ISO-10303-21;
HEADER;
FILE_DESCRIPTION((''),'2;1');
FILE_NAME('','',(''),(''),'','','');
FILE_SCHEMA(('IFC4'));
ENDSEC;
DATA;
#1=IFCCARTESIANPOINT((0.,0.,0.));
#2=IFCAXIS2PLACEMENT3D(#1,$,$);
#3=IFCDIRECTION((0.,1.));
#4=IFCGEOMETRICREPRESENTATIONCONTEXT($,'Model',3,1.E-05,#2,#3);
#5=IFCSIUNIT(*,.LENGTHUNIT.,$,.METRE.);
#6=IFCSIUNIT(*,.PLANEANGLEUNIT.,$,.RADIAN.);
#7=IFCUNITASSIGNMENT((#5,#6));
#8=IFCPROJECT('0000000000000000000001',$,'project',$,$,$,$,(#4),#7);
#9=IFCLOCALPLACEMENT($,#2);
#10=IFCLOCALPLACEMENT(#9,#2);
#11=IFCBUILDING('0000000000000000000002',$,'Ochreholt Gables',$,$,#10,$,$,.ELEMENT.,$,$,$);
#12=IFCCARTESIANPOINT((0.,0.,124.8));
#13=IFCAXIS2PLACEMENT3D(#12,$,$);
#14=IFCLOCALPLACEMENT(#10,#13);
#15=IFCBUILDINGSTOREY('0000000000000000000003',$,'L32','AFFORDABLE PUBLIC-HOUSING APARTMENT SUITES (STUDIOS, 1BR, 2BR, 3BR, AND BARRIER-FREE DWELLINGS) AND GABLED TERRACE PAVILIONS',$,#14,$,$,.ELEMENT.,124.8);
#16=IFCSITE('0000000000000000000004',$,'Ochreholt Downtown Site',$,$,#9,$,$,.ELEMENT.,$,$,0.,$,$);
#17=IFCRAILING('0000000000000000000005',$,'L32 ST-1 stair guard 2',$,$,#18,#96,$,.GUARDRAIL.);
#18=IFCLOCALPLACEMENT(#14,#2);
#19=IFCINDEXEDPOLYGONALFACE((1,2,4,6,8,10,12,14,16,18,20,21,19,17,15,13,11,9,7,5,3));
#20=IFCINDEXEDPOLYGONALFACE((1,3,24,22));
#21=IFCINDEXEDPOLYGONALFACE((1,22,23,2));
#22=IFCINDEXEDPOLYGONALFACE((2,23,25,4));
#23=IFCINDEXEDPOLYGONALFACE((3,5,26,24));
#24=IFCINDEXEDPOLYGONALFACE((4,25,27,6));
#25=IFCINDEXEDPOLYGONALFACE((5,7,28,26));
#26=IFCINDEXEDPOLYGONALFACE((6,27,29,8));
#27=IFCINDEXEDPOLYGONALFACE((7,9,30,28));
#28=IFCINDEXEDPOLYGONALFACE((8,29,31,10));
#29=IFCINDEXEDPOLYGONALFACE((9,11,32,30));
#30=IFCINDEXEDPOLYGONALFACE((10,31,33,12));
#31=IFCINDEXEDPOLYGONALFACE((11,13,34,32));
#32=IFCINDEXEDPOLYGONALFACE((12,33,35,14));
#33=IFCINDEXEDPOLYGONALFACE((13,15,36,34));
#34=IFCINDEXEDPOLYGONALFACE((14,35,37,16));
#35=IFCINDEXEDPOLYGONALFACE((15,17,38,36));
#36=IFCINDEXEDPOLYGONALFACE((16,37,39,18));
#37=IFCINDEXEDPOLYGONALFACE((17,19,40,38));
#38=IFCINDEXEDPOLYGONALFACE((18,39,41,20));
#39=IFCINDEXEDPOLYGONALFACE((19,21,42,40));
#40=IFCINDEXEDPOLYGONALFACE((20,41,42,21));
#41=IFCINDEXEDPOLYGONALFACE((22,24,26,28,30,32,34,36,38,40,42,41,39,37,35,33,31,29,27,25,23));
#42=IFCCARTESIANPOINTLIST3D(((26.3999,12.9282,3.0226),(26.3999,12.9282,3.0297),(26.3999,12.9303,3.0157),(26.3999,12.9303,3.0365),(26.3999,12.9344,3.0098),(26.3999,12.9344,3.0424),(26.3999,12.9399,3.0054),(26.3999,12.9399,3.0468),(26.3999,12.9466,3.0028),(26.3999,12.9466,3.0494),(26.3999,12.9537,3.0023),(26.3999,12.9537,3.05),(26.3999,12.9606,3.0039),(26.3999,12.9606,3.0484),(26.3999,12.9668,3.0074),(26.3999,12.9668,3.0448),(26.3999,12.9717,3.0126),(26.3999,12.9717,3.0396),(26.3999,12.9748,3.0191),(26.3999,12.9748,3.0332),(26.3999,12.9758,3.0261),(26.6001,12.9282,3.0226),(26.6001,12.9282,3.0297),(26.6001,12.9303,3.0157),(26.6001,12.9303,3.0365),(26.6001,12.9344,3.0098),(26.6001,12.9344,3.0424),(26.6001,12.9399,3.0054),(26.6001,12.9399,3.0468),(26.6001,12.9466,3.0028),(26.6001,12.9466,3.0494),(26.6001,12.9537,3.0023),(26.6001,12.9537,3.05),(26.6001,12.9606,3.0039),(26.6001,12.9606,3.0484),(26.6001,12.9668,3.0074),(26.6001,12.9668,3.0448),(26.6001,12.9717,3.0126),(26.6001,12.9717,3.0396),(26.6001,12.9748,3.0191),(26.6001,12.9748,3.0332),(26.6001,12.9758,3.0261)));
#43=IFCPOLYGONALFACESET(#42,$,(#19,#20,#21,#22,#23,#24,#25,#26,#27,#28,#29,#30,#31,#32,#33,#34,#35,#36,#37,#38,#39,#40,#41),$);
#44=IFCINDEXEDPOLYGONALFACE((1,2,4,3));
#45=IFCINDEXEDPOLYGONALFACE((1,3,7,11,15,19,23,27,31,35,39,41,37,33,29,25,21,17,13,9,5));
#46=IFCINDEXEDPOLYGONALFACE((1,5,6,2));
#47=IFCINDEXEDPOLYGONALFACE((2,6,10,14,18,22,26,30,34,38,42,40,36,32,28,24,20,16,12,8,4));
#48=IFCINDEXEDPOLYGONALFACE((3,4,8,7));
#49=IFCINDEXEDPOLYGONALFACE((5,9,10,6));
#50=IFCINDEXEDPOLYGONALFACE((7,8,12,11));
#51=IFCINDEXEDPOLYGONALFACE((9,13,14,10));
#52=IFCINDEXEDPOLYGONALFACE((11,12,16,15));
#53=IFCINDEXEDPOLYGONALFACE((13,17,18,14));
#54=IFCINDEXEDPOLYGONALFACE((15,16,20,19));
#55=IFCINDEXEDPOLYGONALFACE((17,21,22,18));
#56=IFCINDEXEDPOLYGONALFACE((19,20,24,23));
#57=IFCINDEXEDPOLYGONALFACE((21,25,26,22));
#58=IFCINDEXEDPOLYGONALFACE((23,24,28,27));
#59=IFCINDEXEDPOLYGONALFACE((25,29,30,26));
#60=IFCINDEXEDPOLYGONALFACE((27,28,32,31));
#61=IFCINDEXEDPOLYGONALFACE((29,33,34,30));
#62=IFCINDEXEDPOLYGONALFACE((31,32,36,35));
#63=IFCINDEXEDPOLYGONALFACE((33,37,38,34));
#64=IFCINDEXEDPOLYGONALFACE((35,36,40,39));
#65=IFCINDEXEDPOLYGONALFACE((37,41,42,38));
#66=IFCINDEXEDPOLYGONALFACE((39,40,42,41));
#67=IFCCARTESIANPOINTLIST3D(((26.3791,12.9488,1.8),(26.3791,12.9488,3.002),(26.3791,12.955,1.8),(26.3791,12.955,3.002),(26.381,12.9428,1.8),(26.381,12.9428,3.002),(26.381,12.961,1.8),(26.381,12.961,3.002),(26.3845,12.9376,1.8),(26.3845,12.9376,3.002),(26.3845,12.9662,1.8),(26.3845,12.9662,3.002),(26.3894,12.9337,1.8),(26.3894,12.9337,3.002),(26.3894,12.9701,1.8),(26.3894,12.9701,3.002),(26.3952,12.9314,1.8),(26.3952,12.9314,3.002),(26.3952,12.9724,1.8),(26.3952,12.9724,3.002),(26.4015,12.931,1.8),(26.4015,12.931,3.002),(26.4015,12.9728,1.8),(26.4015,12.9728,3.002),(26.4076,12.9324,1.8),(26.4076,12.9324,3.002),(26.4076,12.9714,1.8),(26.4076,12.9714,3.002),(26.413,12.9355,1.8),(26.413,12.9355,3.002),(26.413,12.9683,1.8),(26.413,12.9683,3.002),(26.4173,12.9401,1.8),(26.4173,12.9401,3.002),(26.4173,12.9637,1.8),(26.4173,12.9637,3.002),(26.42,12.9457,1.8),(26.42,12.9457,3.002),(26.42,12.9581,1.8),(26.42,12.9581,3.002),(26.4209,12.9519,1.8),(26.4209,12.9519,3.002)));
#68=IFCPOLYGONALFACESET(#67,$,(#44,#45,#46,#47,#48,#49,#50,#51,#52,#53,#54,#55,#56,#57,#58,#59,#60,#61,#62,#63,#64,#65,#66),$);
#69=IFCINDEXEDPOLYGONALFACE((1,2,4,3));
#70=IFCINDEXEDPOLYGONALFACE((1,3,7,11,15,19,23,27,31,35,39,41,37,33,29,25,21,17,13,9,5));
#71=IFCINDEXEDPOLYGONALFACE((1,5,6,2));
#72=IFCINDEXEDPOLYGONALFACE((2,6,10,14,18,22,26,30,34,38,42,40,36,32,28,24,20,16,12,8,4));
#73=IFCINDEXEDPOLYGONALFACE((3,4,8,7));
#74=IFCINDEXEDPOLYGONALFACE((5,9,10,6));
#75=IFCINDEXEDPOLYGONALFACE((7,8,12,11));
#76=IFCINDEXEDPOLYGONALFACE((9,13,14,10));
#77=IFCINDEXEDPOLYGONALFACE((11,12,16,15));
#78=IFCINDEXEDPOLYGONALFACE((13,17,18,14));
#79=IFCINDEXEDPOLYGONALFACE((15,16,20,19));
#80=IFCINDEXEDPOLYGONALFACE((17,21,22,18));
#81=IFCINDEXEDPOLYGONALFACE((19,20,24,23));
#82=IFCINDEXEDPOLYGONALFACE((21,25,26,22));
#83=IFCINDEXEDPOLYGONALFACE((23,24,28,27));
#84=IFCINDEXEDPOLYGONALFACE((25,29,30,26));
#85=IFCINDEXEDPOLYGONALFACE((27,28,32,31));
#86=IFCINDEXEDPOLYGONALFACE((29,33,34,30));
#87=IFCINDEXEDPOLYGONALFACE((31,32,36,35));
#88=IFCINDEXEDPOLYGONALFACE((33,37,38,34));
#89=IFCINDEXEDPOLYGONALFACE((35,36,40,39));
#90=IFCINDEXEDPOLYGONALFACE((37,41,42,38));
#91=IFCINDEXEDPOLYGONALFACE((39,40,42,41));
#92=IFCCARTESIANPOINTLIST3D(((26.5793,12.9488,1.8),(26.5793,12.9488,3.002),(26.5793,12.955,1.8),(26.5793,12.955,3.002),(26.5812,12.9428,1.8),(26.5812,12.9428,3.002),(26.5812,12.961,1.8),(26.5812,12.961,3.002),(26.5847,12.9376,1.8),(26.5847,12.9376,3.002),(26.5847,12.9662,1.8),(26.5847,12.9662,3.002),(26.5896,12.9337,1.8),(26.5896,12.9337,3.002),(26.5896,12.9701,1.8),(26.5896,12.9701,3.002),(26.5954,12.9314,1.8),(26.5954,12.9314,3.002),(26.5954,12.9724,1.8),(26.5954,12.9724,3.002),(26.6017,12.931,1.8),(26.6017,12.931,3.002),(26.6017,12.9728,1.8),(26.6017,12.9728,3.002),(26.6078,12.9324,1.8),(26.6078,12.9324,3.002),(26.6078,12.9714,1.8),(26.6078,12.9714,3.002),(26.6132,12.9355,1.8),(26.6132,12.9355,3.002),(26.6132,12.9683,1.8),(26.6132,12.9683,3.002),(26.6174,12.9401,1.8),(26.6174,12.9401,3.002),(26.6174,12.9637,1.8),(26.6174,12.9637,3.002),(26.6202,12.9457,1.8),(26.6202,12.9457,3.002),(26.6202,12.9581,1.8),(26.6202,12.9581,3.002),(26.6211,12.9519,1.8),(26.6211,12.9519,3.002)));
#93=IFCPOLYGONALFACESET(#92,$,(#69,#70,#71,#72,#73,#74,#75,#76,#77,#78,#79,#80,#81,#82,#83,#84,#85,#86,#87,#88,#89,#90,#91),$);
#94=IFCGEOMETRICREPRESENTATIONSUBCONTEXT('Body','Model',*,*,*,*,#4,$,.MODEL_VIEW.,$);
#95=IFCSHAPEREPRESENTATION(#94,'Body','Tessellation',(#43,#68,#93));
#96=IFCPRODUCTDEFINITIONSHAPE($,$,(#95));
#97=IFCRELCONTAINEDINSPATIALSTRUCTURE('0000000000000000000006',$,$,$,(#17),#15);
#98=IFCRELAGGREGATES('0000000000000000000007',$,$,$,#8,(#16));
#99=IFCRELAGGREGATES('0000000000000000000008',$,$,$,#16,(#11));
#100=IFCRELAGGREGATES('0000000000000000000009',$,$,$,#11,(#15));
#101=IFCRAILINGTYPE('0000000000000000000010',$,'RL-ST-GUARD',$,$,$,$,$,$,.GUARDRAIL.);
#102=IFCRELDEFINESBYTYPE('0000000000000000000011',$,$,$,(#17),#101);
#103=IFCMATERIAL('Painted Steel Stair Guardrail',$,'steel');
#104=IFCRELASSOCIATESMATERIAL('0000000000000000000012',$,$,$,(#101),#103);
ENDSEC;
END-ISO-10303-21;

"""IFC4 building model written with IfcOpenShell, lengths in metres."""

from ifc_helpers import new_model, si_unit, direction, frame, origin, origin_2d, place, context, subcontext, project, spatial, circle, extrude, material, type_object, element, save


model = new_model("IFC4")

# Units and contexts
model_context = context("Model", 3, precision=1e-05, world=origin(), true_north=direction((0.0, 1.0)))
body_context = subcontext(model_context, "Body", "Model", "MODEL_VIEW")
ifc_project = project(units=[si_unit("LENGTHUNIT", "METRE"), si_unit("PLANEANGLEUNIT", "RADIAN")], contexts=[model_context])

# Site, building, storey
site_placement = place(None, origin())
site = spatial("IfcSite", under=ifc_project, at=site_placement, Name="Ochreholt Downtown Site", CompositionType="ELEMENT", RefElevation=0.0)
building_placement = place(site_placement, origin())
building = spatial("IfcBuilding", under=site, at=building_placement, Name="Ochreholt Gables", CompositionType="ELEMENT")
storey_placement = place(building_placement, frame((0.0, 0.0, 124.8)))
storey = spatial("IfcBuildingStorey", under=building, at=storey_placement, Name="L32", Description="AFFORDABLE PUBLIC-HOUSING APARTMENT SUITES (STUDIOS, 1BR, 2BR, 3BR, AND BARRIER-FREE DWELLINGS) AND GABLED TERRACE PAVILIONS", CompositionType="ELEMENT", Elevation=124.8)

# Railing
ifc_material_1 = material(Name="Painted Steel Stair Guardrail", Category="steel")
railing_type_1 = type_object("IfcRailingType", Name="RL-ST-GUARD", PredefinedType="GUARDRAIL", material=ifc_material_1)
railing_1_placement = place(storey_placement, frame((26.3999, 12.9519, 1.8)))
element("IfcRailing", 1, at=railing_1_placement, inside=storey, type_object=railing_type_1, Name="L32 ST-1 stair guard 2", PredefinedType="GUARDRAIL", context=body_context, shape_type="SweptSolid", body=[
    extrude(circle(Radius=0.0239, at=origin_2d()), frame((0.0, 0.0, 1.2261), z_axis=(1.0, 0.0, 0.0), x_axis=(0.0, 1.0, 0.0)), (0.0, 0.0, 1.0), 0.2002),
    extrude(circle(Radius=0.021, at=origin_2d()), origin(), (0.0, 0.0, 1.0), 1.2019),
    extrude(circle(Radius=0.021, at=origin_2d()), frame((0.2002, 0.0, 0.0)), (0.0, 0.0, 1.0), 1.2019),
])

save(model, "model.ifc")
